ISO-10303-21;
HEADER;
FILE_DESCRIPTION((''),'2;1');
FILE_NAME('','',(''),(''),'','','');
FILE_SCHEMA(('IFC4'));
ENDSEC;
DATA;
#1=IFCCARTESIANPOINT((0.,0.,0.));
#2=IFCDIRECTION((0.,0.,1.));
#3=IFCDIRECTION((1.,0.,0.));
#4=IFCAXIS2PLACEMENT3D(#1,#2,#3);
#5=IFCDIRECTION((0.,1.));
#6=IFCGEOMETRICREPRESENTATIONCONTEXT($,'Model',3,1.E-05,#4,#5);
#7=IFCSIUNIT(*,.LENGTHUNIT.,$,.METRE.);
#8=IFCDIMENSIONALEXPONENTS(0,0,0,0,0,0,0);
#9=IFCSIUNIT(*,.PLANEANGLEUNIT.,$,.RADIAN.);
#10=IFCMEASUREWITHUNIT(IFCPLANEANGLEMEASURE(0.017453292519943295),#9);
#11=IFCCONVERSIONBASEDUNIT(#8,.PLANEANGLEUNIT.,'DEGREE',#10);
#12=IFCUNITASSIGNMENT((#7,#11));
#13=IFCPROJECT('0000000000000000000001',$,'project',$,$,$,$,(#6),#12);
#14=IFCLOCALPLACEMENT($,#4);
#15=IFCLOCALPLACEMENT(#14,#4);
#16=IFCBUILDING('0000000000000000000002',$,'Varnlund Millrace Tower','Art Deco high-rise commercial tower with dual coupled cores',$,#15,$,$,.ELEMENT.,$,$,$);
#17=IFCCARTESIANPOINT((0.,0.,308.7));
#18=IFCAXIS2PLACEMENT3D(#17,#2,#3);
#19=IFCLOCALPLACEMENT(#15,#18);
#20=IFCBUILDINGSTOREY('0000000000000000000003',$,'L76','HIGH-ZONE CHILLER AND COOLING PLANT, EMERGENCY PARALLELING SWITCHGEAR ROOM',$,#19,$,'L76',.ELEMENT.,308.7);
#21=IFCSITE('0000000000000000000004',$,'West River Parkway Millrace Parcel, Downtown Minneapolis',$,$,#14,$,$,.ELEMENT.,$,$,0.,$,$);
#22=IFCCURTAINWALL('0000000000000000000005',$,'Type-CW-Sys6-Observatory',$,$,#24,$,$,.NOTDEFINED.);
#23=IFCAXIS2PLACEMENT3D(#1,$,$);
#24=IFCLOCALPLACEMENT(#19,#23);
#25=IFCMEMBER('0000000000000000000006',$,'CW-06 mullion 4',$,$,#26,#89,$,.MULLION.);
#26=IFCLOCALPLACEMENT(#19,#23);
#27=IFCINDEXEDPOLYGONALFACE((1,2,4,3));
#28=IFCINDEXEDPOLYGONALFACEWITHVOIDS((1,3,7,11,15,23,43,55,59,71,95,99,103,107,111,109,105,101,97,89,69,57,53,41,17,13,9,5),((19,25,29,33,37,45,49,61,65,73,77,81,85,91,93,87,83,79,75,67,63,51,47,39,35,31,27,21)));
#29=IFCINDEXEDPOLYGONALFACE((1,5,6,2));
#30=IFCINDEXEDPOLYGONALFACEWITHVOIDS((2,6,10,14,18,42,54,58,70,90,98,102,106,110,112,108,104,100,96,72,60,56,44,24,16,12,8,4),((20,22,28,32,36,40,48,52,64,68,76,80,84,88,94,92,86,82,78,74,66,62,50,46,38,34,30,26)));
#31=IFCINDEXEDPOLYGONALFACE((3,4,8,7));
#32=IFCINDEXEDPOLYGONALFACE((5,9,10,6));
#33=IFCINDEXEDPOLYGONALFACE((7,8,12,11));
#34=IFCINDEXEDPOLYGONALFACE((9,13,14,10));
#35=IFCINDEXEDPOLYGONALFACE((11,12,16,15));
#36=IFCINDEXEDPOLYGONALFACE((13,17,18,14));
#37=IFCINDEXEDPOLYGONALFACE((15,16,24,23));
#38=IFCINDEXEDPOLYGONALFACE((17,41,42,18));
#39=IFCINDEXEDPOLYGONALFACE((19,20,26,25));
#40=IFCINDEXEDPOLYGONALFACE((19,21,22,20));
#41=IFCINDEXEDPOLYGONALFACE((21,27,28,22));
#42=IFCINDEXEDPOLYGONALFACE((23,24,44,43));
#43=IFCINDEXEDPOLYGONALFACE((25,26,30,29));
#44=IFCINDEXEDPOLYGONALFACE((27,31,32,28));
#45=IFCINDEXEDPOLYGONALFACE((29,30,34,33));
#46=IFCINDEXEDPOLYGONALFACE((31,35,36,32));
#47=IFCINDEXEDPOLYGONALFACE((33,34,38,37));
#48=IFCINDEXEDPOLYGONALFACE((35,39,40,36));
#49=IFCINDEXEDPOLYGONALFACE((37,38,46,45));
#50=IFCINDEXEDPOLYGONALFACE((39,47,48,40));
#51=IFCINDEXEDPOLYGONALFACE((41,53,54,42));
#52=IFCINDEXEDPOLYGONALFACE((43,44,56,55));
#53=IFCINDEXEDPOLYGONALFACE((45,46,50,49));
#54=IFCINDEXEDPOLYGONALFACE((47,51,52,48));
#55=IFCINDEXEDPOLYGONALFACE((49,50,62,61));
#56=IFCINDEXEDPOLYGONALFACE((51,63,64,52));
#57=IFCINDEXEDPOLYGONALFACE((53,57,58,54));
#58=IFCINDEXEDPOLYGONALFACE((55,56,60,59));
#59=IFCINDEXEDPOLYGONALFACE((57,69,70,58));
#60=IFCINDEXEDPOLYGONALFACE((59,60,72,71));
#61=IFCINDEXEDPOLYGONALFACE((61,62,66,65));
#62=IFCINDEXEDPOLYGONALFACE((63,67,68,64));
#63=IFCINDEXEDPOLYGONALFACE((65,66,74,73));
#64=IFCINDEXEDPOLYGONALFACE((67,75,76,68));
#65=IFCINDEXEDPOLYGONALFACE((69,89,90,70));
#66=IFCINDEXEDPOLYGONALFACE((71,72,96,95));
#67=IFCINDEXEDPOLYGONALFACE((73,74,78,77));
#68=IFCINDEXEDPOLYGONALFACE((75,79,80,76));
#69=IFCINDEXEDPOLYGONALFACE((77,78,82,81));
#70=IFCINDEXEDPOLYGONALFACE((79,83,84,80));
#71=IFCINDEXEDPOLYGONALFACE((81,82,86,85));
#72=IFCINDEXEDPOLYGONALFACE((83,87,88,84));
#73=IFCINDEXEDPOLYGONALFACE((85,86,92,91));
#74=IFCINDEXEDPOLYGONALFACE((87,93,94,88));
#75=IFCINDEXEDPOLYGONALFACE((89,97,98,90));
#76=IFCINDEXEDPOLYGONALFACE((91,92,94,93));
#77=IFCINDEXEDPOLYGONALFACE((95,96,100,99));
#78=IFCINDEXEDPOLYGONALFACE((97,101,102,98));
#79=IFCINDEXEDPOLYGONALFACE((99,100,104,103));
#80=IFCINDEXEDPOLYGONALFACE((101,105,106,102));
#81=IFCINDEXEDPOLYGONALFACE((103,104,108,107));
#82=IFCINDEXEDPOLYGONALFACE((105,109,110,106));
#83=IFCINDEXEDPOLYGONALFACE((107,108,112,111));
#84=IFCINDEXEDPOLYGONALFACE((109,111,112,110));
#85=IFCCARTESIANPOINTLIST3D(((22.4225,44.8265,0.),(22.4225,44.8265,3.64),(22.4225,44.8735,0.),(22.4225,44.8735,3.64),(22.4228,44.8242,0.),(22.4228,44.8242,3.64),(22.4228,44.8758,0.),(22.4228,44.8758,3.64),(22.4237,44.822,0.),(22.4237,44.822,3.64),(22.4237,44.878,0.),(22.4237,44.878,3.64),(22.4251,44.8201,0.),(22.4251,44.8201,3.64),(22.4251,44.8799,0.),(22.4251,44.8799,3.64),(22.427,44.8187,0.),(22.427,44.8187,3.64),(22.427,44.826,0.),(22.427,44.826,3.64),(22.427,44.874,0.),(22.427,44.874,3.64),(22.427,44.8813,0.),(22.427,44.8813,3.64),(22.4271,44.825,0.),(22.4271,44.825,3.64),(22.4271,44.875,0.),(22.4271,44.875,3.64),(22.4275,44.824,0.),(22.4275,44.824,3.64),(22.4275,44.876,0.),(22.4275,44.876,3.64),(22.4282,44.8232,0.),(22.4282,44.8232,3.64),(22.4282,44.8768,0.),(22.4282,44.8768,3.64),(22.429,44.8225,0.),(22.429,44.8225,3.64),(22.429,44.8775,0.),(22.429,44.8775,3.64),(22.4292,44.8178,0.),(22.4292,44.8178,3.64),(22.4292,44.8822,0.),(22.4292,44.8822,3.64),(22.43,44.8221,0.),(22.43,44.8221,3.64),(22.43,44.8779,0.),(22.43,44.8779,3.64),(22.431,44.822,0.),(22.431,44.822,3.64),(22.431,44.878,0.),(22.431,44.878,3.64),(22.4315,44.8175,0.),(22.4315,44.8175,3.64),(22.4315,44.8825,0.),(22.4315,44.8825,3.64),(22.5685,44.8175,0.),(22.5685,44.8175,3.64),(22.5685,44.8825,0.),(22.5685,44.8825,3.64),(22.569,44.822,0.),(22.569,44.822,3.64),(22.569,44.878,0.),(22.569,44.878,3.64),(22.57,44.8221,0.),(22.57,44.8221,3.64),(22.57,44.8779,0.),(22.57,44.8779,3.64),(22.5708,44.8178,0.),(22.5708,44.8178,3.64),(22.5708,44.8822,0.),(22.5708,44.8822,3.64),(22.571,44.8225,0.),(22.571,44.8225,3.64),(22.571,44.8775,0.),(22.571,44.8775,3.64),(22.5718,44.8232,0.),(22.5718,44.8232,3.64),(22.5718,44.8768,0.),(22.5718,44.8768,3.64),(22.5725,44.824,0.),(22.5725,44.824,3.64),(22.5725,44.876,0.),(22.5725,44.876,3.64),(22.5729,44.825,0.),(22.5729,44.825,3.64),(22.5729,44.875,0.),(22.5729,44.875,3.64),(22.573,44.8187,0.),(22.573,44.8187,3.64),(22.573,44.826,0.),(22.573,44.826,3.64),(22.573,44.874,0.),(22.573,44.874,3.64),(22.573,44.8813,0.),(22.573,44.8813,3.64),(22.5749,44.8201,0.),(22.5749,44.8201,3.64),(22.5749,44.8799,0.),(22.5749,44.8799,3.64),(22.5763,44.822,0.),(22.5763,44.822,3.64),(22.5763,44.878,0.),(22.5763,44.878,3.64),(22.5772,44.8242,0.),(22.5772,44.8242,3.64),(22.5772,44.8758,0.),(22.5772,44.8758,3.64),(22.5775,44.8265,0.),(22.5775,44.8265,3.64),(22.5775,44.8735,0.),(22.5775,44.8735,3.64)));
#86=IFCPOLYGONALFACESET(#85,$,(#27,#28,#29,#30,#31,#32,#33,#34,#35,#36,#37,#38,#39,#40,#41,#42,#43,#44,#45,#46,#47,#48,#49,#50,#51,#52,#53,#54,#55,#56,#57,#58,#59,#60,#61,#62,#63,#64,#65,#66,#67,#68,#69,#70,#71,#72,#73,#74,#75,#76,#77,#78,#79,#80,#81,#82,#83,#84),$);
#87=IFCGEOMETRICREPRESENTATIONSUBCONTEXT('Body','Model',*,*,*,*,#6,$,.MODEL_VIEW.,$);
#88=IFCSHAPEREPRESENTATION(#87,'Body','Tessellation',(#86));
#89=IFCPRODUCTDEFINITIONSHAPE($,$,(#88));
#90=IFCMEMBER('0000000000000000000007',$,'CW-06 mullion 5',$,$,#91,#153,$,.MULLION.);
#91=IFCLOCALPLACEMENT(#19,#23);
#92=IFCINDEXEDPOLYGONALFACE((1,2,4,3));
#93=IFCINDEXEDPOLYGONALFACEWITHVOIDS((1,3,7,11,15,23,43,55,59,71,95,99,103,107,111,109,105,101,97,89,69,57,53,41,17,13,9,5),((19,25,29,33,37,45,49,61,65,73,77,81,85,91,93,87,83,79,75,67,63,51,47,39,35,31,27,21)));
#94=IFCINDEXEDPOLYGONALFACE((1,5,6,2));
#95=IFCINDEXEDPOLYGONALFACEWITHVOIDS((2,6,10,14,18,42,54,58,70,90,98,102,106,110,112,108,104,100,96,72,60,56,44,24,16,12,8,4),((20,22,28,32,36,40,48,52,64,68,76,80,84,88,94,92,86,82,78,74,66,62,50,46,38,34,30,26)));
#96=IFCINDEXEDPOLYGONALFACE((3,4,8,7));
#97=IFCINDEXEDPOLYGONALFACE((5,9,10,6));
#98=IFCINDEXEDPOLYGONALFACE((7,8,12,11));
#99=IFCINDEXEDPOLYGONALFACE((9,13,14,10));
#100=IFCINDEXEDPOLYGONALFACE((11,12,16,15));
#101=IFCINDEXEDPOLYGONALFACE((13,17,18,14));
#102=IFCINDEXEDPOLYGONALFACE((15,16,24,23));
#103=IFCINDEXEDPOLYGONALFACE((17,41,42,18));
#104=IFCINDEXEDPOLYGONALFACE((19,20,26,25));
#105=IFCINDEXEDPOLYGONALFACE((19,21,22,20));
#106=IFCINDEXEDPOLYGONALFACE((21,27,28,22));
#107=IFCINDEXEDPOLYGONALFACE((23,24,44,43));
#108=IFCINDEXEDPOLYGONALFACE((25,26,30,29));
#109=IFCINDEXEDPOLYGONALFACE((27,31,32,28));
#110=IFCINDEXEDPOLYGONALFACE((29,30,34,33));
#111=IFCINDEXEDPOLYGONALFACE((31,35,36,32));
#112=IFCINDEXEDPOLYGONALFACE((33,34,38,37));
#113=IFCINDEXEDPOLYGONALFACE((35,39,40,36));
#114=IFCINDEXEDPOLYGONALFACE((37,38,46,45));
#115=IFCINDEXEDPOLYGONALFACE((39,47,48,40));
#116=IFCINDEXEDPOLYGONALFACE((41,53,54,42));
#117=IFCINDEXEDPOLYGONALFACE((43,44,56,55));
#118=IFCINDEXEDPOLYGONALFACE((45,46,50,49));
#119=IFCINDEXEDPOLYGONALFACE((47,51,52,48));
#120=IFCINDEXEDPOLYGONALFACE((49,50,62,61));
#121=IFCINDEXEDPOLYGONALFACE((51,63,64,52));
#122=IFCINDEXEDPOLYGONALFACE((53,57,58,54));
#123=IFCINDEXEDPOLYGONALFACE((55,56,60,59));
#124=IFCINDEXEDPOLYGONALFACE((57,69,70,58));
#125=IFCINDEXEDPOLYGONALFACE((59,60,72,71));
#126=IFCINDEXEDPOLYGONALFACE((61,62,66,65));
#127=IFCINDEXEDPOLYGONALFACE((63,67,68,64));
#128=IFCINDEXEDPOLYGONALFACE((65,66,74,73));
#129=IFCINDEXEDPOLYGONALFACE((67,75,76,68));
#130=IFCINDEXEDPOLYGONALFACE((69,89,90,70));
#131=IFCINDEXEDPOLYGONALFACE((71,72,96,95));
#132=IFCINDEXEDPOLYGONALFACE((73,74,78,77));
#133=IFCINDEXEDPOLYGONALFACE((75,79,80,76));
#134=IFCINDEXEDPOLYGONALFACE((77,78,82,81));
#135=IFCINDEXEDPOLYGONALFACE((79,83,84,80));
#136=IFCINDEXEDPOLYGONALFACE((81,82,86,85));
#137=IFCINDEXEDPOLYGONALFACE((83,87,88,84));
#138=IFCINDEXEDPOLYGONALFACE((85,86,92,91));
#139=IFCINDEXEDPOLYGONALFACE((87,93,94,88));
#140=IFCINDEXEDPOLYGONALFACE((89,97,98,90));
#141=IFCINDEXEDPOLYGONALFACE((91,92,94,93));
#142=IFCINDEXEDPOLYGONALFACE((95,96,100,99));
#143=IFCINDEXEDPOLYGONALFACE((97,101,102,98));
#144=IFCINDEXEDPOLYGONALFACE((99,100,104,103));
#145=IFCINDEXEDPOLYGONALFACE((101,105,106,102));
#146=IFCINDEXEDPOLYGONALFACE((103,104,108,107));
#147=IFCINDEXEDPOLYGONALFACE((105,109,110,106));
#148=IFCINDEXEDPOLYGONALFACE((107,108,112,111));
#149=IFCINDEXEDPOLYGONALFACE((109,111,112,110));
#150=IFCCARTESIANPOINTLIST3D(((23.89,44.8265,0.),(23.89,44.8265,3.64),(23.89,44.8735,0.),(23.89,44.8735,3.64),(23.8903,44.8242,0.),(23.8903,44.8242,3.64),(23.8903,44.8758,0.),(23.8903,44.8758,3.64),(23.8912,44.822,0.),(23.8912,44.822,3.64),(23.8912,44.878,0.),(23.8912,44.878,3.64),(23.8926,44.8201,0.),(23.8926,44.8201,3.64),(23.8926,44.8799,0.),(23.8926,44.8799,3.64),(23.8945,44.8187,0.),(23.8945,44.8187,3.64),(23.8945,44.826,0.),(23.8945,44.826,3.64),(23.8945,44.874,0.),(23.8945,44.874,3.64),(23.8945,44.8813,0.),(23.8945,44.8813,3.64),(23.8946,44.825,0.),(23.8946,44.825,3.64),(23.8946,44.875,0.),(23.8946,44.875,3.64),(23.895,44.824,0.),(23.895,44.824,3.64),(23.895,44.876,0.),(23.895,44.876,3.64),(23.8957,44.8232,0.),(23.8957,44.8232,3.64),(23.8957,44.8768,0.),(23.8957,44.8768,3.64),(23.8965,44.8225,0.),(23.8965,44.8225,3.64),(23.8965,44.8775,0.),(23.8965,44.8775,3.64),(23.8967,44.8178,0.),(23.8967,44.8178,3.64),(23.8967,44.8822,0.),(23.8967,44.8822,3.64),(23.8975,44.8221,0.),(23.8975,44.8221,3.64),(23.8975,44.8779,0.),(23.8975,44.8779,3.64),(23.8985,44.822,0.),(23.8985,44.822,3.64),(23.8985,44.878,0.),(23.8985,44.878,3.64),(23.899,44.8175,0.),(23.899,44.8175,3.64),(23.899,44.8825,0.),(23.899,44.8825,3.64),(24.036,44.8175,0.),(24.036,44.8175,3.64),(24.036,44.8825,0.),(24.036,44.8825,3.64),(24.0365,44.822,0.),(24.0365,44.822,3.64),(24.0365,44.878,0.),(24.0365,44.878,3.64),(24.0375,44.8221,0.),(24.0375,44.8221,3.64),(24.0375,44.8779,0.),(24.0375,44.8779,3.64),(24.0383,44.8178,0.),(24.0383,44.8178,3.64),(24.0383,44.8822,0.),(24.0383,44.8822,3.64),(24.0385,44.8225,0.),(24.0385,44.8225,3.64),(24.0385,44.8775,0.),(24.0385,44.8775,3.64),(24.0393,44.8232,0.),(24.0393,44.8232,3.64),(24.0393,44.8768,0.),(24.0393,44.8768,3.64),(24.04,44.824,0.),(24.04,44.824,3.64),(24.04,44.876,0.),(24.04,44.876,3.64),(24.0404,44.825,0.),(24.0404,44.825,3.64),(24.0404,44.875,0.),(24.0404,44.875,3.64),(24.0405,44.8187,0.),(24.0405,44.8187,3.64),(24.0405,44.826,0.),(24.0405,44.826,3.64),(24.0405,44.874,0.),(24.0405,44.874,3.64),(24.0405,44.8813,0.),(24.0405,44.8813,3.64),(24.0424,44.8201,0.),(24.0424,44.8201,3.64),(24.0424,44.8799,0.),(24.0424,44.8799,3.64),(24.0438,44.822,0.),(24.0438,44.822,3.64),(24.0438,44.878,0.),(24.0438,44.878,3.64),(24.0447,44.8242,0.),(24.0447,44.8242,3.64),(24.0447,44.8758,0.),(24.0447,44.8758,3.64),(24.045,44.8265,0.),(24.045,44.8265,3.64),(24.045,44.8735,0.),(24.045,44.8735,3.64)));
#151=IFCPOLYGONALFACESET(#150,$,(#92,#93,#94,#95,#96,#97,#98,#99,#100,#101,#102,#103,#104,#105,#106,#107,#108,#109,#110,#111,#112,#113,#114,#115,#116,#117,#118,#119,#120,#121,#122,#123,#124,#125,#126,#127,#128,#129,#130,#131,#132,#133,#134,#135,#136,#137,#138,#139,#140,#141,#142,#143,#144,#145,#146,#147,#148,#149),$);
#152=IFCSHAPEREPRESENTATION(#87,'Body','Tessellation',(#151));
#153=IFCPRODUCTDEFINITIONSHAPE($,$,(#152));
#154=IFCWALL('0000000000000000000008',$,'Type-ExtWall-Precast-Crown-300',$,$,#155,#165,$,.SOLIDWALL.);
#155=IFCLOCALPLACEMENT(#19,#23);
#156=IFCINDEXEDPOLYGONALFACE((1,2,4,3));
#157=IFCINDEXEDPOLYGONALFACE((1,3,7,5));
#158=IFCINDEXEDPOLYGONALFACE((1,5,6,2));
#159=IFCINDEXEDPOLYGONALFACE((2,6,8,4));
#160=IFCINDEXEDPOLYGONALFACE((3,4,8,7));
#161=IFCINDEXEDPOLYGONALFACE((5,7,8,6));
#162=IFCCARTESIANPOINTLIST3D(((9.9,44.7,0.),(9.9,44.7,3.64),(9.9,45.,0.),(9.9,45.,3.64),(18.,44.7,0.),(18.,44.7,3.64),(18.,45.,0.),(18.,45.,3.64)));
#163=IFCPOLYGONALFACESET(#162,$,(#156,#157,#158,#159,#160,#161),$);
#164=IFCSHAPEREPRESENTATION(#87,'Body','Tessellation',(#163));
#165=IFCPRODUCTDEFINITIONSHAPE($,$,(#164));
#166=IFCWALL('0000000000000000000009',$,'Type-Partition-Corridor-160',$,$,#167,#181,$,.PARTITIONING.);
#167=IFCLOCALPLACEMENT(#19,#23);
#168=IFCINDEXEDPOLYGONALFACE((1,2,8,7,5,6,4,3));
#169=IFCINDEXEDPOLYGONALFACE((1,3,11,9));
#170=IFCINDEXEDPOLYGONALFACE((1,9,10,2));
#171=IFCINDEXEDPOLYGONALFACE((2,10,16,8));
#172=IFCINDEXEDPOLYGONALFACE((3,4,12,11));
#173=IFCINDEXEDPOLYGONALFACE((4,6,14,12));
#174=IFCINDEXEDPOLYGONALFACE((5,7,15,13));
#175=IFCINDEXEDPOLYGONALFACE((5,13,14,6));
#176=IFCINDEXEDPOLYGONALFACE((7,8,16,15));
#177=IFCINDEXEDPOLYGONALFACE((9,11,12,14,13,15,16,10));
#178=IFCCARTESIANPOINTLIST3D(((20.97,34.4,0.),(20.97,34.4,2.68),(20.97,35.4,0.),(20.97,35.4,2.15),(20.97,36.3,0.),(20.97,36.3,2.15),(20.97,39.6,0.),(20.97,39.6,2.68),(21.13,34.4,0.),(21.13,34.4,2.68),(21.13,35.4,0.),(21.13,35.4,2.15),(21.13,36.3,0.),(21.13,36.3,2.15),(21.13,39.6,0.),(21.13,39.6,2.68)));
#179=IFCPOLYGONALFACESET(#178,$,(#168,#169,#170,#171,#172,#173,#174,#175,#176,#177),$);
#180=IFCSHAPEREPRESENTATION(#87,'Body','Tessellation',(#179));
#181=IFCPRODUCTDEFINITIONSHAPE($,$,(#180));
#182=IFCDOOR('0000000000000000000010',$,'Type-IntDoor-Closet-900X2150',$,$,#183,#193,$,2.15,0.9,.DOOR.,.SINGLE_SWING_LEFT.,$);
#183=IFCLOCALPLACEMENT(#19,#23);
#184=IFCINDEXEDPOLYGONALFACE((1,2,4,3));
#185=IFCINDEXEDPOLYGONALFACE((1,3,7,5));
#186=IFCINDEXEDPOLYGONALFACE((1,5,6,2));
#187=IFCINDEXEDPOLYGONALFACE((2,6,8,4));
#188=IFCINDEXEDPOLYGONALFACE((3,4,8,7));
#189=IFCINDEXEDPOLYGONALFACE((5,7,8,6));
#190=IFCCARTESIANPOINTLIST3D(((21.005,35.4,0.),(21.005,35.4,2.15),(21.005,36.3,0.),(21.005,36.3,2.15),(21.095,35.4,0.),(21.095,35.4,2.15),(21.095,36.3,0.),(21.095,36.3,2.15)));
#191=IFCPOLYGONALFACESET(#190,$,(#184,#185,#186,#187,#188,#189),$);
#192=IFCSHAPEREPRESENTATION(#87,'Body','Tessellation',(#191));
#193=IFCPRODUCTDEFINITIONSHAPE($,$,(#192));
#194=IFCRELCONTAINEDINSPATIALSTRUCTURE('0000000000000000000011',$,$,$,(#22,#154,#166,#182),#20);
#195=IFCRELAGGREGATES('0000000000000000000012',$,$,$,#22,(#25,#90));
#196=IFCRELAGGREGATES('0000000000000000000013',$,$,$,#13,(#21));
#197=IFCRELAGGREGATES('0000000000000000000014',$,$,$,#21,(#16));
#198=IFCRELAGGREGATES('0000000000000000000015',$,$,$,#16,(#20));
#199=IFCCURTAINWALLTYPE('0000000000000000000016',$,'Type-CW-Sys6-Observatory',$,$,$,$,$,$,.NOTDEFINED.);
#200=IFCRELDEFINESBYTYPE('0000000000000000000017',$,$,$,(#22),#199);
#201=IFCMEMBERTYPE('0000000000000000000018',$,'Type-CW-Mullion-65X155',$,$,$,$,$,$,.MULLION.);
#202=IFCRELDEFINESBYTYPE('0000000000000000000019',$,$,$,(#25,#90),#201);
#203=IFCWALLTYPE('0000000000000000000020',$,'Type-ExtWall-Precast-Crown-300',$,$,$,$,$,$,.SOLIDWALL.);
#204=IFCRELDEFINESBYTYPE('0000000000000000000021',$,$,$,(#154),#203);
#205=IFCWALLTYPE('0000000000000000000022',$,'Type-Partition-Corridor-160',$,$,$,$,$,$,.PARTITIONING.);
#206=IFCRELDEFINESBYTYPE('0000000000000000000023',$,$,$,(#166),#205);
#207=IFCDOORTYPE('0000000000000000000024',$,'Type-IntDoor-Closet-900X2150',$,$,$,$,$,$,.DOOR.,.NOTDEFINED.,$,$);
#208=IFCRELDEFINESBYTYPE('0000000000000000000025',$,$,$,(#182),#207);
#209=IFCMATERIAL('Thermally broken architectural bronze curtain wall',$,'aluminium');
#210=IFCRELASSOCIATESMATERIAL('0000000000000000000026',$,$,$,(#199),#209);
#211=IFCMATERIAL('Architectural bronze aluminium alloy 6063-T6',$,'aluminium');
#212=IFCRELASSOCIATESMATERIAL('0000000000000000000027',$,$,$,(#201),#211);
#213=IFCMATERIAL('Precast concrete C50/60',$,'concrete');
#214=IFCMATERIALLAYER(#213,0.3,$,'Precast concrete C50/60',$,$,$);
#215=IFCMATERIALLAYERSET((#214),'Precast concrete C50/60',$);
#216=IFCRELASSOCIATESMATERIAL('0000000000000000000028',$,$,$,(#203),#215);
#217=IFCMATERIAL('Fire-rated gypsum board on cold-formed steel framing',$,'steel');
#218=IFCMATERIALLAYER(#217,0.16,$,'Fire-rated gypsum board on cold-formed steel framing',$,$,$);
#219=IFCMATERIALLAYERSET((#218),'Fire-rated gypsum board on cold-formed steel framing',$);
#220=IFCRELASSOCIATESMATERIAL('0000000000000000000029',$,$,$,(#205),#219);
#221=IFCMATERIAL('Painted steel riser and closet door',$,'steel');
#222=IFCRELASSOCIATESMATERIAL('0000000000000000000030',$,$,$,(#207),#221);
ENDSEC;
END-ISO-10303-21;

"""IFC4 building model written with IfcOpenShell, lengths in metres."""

from ifc_helpers import new_model, entity, si_unit, converted_unit, direction, frame, origin_with_axes, origin_2d_with_axis, place, context, subcontext, project, spatial, polyline, rectangle, hollow_rectangle, outline, extrude, material, layer, layer_set, material_profile, profile_set, type_object, element, fill, aggregate, save


model = new_model("IFC4")

# Units and contexts
model_context = context("Model", 3, precision=1e-05, world=origin_with_axes(), true_north=direction((0.0, 1.0)))
body_context = subcontext(model_context, "Body", "Model", "MODEL_VIEW")
ifc_project = project(units=[si_unit("LENGTHUNIT", "METRE"), converted_unit("PLANEANGLEUNIT", "DEGREE", entity("IfcPlaneAngleMeasure", 0.017453292519943295), si_unit("PLANEANGLEUNIT", "RADIAN"), dimensions=[0, 0, 0, 0, 0, 0, 0])], contexts=[model_context])

# Site, building, storey
site_placement = place(None, origin_with_axes())
site = spatial("IfcSite", under=ifc_project, at=site_placement, Name="West River Parkway Millrace Parcel, Downtown Minneapolis", CompositionType="ELEMENT", RefElevation=0.0)
building_placement = place(site_placement, origin_with_axes())
building = spatial("IfcBuilding", under=site, at=building_placement, Name="Varnlund Millrace Tower", Description="Art Deco high-rise commercial tower with dual coupled cores", CompositionType="ELEMENT")
storey_placement = place(building_placement, frame((0.0, 0.0, 308.7), z_axis=(0.0, 0.0, 1.0), x_axis=(1.0, 0.0, 0.0)))
storey = spatial("IfcBuildingStorey", under=building, at=storey_placement, Name="L76", Description="HIGH-ZONE CHILLER AND COOLING PLANT, EMERGENCY PARALLELING SWITCHGEAR ROOM", LongName="L76", CompositionType="ELEMENT", Elevation=308.7)

# Curtain wall, members
ifc_material_1 = material(Name="Thermally broken architectural bronze curtain wall", Category="aluminium")
curtain_wall_type = type_object("IfcCurtainWallType", Name="Type-CW-Sys6-Observatory", PredefinedType="NOTDEFINED", material=ifc_material_1)
ifc_material_2 = material(Name="Architectural bronze aluminium alloy 6063-T6", Category="aluminium")
ifc_material_profile_1 = material_profile(ifc_material_2, hollow_rectangle(XDim=0.065, YDim=0.155, WallThickness=0.0045, InnerFilletRadius=0.004, OuterFilletRadius=0.009, at=origin_2d_with_axis()), Name="Architectural bronze aluminium alloy 6063-T6")
ifc_profile_set_1 = profile_set([ifc_material_profile_1], Name="Architectural bronze aluminium alloy 6063-T6")
member_type = type_object("IfcMemberType", Name="Type-CW-Mullion-65X155", PredefinedType="MULLION", material=ifc_profile_set_1)
curtain_wall_1_placement = place(storey_placement, frame((18.0, 44.85, 0.0), z_axis=(0.0, 0.0, 1.0), x_axis=(1.0, 0.0, 0.0)))
curtain_wall_1 = element("IfcCurtainWall", 1, at=curtain_wall_1_placement, inside=storey, type_object=curtain_wall_type, Name="Type-CW-Sys6-Observatory", PredefinedType="NOTDEFINED")
member_1_placement = place(storey_placement, frame((22.5, 44.85, 0.0), z_axis=(0.0, 0.0, 1.0), x_axis=(0.0, 1.0, 0.0)))
member_1 = element("IfcMember", 2, at=member_1_placement, type_object=member_type, Name="CW-06 mullion 4", PredefinedType="MULLION", context=body_context, shape_type="SweptSolid", body=[
    extrude(hollow_rectangle(XDim=0.065, YDim=0.155, WallThickness=0.0045, InnerFilletRadius=0.004, OuterFilletRadius=0.009, at=origin_2d_with_axis()), origin_with_axes(), (0.0, 0.0, 1.0), 3.64),
])
member_2_placement = place(storey_placement, frame((23.9675, 44.85, 0.0), z_axis=(0.0, 0.0, 1.0), x_axis=(0.0, 1.0, 0.0)))
member_2 = element("IfcMember", 3, at=member_2_placement, type_object=member_type, Name="CW-06 mullion 5", PredefinedType="MULLION", context=body_context, shape_type="SweptSolid", body=[
    extrude(hollow_rectangle(XDim=0.065, YDim=0.155, WallThickness=0.0045, InnerFilletRadius=0.004, OuterFilletRadius=0.009, at=origin_2d_with_axis()), origin_with_axes(), (0.0, 0.0, 1.0), 3.64),
])
aggregate(curtain_wall_1, [member_1, member_2])

# Wall
ifc_material_3 = material(Name="Precast concrete C50/60", Category="concrete")
ifc_layer_1 = layer(ifc_material_3, 0.3, Name="Precast concrete C50/60")
ifc_layer_set_1 = layer_set([ifc_layer_1], Name="Precast concrete C50/60")
wall_type_1 = type_object("IfcWallType", Name="Type-ExtWall-Precast-Crown-300", PredefinedType="SOLIDWALL", material=ifc_layer_set_1)
wall_1_placement = place(storey_placement, frame((9.9, 44.85, 0.0), z_axis=(0.0, 0.0, 1.0), x_axis=(1.0, 0.0, 0.0)))
element("IfcWall", 4, at=wall_1_placement, inside=storey, type_object=wall_type_1, Name="Type-ExtWall-Precast-Crown-300", PredefinedType="SOLIDWALL", context=body_context, shape_type="SweptSolid", body=[
    extrude(outline(polyline([(0.0, -0.15), (8.1, -0.15), (8.1, 0.15), (0.0, 0.15), (0.0, -0.15)])), origin_with_axes(), (0.0, 0.0, 1.0), 3.64),
])

# Wall, opening, door
ifc_material_4 = material(Name="Fire-rated gypsum board on cold-formed steel framing", Category="steel")
ifc_layer_2 = layer(ifc_material_4, 0.16, Name="Fire-rated gypsum board on cold-formed steel framing")
ifc_layer_set_2 = layer_set([ifc_layer_2], Name="Fire-rated gypsum board on cold-formed steel framing")
wall_type_2 = type_object("IfcWallType", Name="Type-Partition-Corridor-160", PredefinedType="PARTITIONING", material=ifc_layer_set_2)
wall_2_placement = place(storey_placement, frame((21.05, 34.4, 0.0), z_axis=(0.0, 0.0, 1.0), x_axis=(0.0, 1.0, 0.0)))
wall_2 = element("IfcWall", 5, at=wall_2_placement, inside=storey, type_object=wall_type_2, Name="Type-Partition-Corridor-160", PredefinedType="PARTITIONING", context=body_context, shape_type="SweptSolid", body=[
    extrude(outline(polyline([(0.0, -0.08), (5.2, -0.08), (5.2, 0.08), (0.0, 0.08), (0.0, -0.08)])), origin_with_axes(), (0.0, 0.0, 1.0), 2.68),
])
opening_1_placement = place(wall_2_placement, frame((1.45, 0.0, 0.0), z_axis=(0.0, 0.0, 1.0), x_axis=(1.0, 0.0, 0.0)))
opening_1 = element("IfcOpeningElement", 6, at=opening_1_placement, cuts=wall_2, PredefinedType="OPENING", context=body_context, shape_type="SweptSolid", body=[
    extrude(rectangle(XDim=0.9, YDim=0.18, at=origin_2d_with_axis()), origin_with_axes(), (0.0, 0.0, 1.0), 2.15),
])
ifc_material_5 = material(Name="Painted steel riser and closet door", Category="steel")
door_type_1 = type_object("IfcDoorType", Name="Type-IntDoor-Closet-900X2150", OperationType="NOTDEFINED", PredefinedType="DOOR", material=ifc_material_5)
door_1_placement = place(wall_2_placement, frame((1.45, 0.0, 0.0), z_axis=(0.0, 0.0, 1.0), x_axis=(1.0, 0.0, 0.0)))
door_1 = element("IfcDoor", 7, at=door_1_placement, inside=storey, type_object=door_type_1, Name="Type-IntDoor-Closet-900X2150", OperationType="SINGLE_SWING_LEFT", OverallHeight=2.15, OverallWidth=0.9, PredefinedType="DOOR", context=body_context, shape_type="SweptSolid", body=[
    extrude(rectangle(XDim=0.9, YDim=0.09, at=origin_2d_with_axis()), origin_with_axes(), (0.0, 0.0, 1.0), 2.15),
])
fill(opening_1, door_1)

save(model, "model.ifc")
